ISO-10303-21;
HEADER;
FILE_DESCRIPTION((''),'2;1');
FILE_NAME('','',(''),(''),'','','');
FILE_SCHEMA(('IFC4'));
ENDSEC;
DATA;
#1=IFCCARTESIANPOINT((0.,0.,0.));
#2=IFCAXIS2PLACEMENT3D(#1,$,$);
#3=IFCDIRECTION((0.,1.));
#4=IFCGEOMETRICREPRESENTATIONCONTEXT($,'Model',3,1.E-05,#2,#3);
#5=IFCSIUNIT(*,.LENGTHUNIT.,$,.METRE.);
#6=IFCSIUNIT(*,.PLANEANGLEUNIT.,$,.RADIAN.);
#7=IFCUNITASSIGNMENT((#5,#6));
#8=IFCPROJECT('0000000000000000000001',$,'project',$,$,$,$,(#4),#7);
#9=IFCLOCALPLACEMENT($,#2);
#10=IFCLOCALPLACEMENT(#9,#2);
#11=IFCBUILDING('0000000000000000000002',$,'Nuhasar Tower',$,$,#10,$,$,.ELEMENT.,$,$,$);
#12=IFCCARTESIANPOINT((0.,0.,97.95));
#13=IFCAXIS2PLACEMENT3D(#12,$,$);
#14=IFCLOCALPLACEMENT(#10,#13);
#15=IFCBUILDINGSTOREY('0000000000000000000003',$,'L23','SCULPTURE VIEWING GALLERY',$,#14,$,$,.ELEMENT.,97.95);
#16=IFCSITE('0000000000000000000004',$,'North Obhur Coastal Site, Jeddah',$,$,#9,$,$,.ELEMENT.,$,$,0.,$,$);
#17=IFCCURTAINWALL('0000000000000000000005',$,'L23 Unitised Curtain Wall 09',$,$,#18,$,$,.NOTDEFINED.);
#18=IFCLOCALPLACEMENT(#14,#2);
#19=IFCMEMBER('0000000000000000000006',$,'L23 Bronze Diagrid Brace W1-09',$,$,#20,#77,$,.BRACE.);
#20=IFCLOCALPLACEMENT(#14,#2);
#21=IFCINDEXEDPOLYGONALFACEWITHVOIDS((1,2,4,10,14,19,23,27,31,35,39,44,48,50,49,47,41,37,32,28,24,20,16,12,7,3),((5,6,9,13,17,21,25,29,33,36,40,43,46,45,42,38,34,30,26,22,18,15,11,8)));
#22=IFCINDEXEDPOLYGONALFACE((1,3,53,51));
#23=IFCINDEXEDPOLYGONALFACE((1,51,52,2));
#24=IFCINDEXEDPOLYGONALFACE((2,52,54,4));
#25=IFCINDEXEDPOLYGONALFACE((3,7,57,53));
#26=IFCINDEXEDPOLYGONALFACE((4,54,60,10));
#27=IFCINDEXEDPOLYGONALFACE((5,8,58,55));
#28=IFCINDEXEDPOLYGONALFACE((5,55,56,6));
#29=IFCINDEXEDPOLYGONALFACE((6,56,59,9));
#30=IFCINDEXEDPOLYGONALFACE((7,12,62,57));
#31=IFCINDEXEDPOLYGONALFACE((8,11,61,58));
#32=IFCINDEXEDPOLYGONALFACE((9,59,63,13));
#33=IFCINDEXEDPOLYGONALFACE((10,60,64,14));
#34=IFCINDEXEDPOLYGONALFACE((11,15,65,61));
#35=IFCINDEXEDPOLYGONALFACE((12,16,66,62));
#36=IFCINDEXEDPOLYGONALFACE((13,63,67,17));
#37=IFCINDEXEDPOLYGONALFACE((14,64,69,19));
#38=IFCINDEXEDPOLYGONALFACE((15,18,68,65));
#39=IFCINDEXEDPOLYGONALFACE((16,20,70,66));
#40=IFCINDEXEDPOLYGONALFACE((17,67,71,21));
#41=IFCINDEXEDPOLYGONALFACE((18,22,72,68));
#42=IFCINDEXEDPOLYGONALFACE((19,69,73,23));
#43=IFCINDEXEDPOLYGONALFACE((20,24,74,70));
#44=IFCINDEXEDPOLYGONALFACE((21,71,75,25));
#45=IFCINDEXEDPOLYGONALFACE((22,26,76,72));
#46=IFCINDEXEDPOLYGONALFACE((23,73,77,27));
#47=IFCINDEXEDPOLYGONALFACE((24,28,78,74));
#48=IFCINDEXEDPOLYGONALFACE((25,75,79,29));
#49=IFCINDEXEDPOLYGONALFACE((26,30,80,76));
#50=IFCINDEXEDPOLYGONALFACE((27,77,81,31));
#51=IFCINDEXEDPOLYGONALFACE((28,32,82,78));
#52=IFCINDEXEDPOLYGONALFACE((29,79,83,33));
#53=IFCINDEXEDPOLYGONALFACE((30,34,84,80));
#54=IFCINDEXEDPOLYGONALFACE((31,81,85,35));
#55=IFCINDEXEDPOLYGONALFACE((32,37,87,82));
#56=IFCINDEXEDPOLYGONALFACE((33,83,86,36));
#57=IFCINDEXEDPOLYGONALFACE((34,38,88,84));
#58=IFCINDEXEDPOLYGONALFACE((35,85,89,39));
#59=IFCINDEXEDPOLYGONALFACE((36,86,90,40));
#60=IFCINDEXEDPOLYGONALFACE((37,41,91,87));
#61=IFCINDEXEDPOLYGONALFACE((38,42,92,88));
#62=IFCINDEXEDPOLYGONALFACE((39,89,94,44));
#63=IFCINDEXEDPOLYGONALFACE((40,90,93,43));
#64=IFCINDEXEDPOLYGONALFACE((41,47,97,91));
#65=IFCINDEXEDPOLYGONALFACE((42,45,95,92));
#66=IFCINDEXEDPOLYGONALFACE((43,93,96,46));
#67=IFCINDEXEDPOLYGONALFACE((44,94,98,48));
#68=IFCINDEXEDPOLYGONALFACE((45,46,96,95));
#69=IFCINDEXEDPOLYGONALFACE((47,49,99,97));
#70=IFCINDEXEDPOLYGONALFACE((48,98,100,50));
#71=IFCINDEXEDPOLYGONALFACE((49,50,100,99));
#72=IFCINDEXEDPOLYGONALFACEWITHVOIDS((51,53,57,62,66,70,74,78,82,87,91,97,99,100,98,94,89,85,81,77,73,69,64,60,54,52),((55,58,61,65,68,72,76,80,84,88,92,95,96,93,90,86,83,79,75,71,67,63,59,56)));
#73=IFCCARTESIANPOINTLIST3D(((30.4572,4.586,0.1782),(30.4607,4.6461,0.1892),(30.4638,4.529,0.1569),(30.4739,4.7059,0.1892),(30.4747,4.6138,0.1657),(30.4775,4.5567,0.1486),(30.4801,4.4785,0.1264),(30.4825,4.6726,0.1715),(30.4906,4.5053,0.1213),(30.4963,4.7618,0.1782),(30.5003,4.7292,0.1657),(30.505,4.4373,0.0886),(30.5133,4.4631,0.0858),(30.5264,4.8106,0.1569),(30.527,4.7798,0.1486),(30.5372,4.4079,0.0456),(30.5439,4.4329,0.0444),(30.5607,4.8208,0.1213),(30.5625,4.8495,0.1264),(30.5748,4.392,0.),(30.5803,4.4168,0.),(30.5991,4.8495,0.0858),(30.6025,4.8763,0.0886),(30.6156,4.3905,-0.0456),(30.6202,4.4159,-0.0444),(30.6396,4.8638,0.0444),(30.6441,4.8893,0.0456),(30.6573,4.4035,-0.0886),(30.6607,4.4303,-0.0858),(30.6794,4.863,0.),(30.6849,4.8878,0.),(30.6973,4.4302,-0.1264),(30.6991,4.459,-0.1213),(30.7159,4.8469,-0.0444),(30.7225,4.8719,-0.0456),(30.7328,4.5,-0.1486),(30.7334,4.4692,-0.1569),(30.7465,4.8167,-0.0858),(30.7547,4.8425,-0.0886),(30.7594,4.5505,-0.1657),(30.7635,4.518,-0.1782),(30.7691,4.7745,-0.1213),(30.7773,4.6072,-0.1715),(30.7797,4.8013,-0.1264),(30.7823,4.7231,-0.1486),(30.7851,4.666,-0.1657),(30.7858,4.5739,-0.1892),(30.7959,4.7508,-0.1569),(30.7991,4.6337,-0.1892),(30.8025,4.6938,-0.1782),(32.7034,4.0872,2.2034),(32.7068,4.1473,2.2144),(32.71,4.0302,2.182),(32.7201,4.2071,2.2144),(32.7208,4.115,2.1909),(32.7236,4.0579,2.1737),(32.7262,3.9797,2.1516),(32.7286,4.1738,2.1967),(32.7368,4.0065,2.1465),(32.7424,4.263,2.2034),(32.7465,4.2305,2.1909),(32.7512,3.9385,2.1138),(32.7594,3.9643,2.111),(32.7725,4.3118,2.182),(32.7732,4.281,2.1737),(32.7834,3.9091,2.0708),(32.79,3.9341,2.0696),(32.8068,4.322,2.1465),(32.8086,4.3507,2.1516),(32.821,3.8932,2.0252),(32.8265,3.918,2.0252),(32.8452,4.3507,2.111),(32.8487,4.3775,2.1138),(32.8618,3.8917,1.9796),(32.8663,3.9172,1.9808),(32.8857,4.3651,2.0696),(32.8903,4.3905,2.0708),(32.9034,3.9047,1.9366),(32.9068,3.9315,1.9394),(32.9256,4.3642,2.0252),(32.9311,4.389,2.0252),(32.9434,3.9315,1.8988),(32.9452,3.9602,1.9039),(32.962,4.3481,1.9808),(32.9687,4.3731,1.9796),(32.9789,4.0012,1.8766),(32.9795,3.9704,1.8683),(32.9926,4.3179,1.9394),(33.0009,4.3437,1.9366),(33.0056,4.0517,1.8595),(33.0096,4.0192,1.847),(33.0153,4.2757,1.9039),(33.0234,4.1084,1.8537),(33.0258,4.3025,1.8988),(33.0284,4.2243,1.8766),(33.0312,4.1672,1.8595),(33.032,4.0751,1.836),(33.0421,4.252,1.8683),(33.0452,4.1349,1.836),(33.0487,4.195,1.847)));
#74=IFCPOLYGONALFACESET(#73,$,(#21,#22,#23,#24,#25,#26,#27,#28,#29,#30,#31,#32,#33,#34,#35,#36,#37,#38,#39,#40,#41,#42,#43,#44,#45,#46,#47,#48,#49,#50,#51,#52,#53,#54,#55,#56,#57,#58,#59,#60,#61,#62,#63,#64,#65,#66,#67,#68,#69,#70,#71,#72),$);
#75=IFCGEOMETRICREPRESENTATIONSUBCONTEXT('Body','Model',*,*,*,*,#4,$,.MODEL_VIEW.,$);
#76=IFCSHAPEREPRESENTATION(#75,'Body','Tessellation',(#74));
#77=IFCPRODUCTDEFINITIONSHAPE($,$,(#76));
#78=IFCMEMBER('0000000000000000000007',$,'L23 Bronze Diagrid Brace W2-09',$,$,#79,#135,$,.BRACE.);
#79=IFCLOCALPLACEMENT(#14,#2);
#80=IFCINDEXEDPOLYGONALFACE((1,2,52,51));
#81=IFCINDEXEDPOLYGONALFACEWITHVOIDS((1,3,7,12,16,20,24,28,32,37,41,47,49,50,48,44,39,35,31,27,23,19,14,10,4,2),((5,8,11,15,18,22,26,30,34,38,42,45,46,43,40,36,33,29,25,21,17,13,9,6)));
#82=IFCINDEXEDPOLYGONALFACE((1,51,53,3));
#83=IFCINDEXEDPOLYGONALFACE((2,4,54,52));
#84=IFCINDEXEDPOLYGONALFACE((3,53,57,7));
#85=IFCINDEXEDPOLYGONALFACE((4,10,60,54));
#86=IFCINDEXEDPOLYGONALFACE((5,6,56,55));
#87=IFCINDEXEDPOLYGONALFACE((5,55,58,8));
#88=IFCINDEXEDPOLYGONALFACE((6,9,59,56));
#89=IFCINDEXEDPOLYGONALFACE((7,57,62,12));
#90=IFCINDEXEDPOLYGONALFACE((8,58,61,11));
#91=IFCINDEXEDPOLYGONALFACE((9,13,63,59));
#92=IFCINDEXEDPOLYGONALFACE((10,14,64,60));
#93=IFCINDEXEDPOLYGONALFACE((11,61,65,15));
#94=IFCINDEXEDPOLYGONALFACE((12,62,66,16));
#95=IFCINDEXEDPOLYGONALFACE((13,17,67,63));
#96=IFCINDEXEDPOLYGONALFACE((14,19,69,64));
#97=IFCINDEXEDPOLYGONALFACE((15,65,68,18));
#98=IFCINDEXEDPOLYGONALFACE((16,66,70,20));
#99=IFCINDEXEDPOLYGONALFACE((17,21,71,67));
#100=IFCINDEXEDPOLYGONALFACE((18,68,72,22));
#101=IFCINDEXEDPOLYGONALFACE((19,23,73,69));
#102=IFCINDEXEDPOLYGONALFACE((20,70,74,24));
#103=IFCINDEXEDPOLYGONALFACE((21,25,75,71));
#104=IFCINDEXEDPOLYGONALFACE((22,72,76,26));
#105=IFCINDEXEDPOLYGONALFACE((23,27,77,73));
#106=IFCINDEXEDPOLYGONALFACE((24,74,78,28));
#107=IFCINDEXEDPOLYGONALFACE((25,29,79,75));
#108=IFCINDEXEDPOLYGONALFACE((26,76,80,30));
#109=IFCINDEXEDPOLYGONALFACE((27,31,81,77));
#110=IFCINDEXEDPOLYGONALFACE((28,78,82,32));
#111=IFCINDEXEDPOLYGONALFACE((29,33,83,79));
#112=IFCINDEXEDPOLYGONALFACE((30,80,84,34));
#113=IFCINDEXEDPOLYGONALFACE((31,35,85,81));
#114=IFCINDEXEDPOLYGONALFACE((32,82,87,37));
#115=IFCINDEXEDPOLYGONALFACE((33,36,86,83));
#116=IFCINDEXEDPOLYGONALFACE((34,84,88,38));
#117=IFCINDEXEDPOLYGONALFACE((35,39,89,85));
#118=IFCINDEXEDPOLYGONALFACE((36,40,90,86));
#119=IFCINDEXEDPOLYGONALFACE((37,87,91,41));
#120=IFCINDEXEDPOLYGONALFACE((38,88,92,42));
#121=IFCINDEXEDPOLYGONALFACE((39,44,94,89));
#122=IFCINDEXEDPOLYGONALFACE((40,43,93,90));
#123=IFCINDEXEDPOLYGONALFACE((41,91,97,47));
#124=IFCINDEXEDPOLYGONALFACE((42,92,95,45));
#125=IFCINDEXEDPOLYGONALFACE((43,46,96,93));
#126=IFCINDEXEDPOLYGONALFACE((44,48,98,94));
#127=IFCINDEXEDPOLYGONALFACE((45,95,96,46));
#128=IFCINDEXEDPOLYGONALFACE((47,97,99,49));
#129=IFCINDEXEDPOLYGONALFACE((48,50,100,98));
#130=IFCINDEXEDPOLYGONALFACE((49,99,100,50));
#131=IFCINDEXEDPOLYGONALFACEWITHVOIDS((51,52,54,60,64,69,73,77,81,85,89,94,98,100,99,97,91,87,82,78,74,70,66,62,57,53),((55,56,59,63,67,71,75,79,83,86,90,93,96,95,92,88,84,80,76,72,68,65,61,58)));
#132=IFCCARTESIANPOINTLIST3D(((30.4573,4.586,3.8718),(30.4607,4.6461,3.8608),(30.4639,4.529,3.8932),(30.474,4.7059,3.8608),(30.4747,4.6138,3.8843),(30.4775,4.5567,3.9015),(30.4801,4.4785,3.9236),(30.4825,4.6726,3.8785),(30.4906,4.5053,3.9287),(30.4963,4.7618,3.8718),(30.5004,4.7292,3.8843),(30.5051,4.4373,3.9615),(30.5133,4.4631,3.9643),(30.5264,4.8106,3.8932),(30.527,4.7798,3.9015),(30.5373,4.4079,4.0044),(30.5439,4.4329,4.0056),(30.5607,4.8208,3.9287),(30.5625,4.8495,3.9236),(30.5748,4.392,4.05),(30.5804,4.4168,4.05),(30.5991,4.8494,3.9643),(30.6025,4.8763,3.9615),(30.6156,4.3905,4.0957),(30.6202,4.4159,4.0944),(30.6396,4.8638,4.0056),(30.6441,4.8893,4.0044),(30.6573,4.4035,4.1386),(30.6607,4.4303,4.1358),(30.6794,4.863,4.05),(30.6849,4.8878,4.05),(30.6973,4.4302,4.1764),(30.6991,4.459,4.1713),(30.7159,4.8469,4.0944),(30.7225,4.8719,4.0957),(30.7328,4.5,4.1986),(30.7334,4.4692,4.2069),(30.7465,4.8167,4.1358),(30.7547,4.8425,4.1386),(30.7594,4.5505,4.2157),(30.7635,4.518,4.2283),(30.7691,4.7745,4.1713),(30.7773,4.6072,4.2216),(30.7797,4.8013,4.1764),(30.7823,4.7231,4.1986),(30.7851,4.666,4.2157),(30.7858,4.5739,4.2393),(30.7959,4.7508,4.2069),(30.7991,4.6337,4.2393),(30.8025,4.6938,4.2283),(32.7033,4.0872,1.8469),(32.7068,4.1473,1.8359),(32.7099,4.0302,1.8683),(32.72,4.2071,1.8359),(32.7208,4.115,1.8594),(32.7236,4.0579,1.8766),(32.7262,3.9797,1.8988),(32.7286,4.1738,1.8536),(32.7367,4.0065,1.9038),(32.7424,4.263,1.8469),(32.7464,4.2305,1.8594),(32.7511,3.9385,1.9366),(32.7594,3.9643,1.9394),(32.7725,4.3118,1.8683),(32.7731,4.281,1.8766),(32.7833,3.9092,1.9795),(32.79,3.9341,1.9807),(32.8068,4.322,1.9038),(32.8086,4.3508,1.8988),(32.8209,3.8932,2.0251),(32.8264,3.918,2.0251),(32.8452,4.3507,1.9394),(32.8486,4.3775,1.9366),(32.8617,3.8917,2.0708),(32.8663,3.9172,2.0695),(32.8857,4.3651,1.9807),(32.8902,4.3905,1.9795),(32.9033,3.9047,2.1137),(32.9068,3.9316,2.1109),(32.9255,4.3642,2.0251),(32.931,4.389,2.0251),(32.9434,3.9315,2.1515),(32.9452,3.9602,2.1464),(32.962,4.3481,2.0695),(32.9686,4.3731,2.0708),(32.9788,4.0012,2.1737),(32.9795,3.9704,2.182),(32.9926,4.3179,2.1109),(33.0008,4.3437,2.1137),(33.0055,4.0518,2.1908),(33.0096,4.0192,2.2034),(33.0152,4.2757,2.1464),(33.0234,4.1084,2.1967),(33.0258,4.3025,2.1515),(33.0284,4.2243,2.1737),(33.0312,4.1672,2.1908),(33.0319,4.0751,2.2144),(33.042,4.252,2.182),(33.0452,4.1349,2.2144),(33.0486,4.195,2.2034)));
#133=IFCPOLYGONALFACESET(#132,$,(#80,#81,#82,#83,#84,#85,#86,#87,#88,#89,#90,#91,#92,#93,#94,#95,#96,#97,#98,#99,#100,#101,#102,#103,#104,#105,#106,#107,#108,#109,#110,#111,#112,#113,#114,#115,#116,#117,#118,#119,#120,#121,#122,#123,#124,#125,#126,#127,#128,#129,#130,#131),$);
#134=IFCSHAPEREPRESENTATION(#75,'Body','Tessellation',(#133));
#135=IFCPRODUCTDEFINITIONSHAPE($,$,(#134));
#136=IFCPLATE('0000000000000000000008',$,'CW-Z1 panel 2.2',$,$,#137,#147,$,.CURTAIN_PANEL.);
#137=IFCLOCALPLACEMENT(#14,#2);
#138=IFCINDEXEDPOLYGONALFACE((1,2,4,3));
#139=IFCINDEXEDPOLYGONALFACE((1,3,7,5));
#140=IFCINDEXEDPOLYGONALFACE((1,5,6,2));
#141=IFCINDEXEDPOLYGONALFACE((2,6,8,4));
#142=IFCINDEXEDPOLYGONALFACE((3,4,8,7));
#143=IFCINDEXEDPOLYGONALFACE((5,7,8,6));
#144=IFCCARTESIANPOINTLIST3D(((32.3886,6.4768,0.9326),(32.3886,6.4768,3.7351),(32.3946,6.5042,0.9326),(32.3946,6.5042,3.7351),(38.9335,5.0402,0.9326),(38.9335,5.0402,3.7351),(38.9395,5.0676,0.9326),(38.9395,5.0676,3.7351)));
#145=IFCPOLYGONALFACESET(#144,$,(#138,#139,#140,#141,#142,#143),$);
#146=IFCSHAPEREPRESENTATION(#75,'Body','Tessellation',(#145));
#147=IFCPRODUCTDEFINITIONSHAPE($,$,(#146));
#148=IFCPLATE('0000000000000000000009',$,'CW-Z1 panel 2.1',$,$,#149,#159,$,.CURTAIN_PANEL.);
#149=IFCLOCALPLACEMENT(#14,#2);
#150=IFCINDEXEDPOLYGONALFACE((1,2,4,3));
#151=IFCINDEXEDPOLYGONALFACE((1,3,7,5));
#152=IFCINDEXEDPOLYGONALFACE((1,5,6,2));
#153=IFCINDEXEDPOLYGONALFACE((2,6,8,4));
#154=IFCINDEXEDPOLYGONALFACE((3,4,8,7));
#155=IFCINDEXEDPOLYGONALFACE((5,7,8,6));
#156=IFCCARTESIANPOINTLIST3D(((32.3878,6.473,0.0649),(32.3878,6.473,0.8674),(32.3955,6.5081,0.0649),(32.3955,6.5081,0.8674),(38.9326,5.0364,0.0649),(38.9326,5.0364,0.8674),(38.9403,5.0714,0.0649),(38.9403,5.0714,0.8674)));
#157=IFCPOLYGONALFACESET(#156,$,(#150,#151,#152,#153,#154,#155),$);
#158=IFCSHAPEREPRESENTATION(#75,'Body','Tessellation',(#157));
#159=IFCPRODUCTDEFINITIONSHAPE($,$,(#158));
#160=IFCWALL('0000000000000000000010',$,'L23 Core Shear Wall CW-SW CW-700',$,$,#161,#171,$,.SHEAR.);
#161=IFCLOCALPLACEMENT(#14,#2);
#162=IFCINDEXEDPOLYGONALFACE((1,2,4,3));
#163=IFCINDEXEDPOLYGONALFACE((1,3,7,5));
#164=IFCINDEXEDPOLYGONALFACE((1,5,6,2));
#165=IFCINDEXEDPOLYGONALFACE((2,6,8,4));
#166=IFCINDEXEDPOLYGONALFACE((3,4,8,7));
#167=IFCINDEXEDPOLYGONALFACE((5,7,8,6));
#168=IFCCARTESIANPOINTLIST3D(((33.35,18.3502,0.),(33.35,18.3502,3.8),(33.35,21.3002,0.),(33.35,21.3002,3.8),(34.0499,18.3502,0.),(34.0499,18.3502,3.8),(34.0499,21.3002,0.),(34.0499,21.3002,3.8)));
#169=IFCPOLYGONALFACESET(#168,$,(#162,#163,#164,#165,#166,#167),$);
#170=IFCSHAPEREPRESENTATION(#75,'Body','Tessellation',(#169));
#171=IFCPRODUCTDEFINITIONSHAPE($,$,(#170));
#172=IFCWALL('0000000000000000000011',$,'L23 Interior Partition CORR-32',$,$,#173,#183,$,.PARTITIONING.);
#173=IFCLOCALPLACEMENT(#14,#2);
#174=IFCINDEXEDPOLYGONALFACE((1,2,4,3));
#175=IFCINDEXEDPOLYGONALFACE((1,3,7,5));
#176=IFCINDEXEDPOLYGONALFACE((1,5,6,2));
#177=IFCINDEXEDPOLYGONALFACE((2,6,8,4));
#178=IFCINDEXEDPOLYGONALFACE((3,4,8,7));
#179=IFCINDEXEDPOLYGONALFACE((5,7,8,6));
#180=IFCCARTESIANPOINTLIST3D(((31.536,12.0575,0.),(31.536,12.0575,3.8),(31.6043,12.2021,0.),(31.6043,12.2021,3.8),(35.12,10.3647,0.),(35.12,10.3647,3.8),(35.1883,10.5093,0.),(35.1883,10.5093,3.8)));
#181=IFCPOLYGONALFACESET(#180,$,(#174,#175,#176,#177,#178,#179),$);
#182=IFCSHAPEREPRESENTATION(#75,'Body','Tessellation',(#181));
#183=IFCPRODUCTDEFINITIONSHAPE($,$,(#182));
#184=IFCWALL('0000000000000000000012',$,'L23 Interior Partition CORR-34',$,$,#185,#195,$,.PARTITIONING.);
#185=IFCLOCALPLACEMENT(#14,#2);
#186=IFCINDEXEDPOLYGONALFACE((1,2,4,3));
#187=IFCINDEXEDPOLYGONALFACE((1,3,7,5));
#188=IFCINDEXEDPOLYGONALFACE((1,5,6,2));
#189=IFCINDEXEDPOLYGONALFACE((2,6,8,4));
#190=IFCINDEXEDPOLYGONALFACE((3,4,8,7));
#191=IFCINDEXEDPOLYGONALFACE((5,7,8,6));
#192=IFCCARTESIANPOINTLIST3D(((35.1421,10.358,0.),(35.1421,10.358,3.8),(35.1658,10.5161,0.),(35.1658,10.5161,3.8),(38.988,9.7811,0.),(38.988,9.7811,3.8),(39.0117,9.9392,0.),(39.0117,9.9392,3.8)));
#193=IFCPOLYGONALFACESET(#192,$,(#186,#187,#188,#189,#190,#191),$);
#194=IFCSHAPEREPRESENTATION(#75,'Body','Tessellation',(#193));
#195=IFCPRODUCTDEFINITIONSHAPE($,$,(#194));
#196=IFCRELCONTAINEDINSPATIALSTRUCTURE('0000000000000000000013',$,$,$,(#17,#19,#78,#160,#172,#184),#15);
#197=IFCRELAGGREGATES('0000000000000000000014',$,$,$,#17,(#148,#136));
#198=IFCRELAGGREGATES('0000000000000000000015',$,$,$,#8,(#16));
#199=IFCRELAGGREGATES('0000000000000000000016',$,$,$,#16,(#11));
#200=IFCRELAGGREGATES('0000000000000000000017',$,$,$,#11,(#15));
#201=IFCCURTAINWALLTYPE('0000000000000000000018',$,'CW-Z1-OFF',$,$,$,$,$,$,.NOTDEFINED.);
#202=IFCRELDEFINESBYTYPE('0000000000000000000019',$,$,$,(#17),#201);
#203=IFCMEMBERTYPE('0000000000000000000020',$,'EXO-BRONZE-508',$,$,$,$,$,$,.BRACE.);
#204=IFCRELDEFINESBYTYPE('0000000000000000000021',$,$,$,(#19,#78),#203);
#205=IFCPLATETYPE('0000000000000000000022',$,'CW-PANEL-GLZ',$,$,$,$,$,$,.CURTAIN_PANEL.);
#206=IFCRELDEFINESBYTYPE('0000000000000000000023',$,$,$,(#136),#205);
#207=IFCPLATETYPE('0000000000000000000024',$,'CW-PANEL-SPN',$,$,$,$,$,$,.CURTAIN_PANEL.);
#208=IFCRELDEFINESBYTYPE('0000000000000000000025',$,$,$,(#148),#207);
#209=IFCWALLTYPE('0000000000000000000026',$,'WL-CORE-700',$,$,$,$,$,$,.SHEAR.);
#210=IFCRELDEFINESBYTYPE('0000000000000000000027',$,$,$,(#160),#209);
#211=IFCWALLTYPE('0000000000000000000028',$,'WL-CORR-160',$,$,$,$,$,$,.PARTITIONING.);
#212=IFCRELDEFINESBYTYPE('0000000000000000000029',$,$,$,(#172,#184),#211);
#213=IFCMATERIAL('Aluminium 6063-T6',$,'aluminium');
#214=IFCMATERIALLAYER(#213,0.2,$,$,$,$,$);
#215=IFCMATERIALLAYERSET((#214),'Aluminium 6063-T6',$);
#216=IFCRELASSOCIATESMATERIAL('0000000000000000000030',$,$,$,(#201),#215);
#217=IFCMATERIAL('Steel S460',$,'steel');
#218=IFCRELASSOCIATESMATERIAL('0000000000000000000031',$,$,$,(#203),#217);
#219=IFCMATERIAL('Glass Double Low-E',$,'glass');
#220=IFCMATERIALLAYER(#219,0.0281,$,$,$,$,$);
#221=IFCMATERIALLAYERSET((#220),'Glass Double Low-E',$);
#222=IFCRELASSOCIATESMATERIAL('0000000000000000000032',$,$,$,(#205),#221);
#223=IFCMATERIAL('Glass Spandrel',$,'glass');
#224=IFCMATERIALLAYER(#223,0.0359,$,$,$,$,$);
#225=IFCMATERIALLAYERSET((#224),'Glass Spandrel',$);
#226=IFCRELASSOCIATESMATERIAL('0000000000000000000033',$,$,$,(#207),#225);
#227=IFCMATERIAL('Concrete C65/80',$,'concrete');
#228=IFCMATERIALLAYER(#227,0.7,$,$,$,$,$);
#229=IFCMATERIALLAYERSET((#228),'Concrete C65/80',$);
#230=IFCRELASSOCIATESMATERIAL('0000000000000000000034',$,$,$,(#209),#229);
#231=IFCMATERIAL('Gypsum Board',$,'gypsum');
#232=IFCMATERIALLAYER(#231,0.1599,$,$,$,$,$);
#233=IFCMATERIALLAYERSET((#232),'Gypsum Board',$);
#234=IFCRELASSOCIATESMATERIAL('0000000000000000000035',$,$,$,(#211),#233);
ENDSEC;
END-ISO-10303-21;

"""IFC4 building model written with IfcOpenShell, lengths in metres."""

from ifc_helpers import new_model, si_unit, direction, frame, frame_2d, origin, origin_2d, place, context, subcontext, project, spatial, rectangle, hollow_circle, extrude, material, layer, layer_set, material_profile, profile_set, type_object, element, aggregate, save


model = new_model("IFC4")

# Units and contexts
model_context = context("Model", 3, precision=1e-05, world=origin(), true_north=direction((0.0, 1.0)))
body_context = subcontext(model_context, "Body", "Model", "MODEL_VIEW")
ifc_project = project(units=[si_unit("LENGTHUNIT", "METRE"), si_unit("PLANEANGLEUNIT", "RADIAN")], contexts=[model_context])

# Site, building, storey
site_placement = place(None, origin())
site = spatial("IfcSite", under=ifc_project, at=site_placement, Name="North Obhur Coastal Site, Jeddah", CompositionType="ELEMENT", RefElevation=0.0)
building_placement = place(site_placement, origin())
building = spatial("IfcBuilding", under=site, at=building_placement, Name="Nuhasar Tower", CompositionType="ELEMENT")
storey_placement = place(building_placement, frame((0.0, 0.0, 97.95)))
storey = spatial("IfcBuildingStorey", under=building, at=storey_placement, Name="L23", Description="SCULPTURE VIEWING GALLERY", CompositionType="ELEMENT", Elevation=97.95)

# Curtain wall
ifc_material_1 = material(Name="Aluminium 6063-T6", Category="aluminium")
ifc_layer_1 = layer(ifc_material_1, 0.2)
ifc_layer_set_1 = layer_set([ifc_layer_1], Name="Aluminium 6063-T6")
curtain_wall_type = type_object("IfcCurtainWallType", Name="CW-Z1-OFF", PredefinedType="NOTDEFINED", material=ifc_layer_set_1)
curtain_wall_placement = place(storey_placement, origin())
curtain_wall = element("IfcCurtainWall", 1, at=curtain_wall_placement, inside=storey, type_object=curtain_wall_type, Name="L23 Unitised Curtain Wall 09", PredefinedType="NOTDEFINED")

# Members
ifc_material_2 = material(Name="Steel S460", Category="steel")
ifc_material_profile_1 = material_profile(ifc_material_2, hollow_circle(Radius=0.2539, WallThickness=0.0254, at=origin_2d()), Name="HSS508X25.4")
ifc_profile_set_1 = profile_set([ifc_material_profile_1], Name="Steel S460")
member_type_1 = type_object("IfcMemberType", Name="EXO-BRONZE-508", PredefinedType="BRACE", material=ifc_profile_set_1)
member_1_placement = place(storey_placement, frame((30.6299, 4.6399, 0.0), z_axis=(0.732792, -0.162728, 0.660708), x_axis=(0.216784, 0.97622, 0.0)))
element("IfcMember", 2, at=member_1_placement, inside=storey, type_object=member_type_1, Name="L23 Bronze Diagrid Brace W1-09", PredefinedType="BRACE", context=body_context, shape_type="SweptSolid", body=[
    extrude(hollow_circle(Radius=0.2539, WallThickness=0.0254, at=origin_2d()), origin(), (0.0, 0.0, 1.0), 3.0652),
])
member_2_placement = place(storey_placement, frame((32.876, 4.1411, 2.0251), z_axis=(-0.732831, 0.162736, 0.660663), x_axis=(-0.216784, -0.97622, 0.0)))
element("IfcMember", 3, at=member_2_placement, inside=storey, type_object=member_type_1, Name="L23 Bronze Diagrid Brace W2-09", PredefinedType="BRACE", context=body_context, shape_type="SweptSolid", body=[
    extrude(hollow_circle(Radius=0.2539, WallThickness=0.0254, at=origin_2d()), origin(), (0.0, 0.0, 1.0), 3.0649),
])

# Plates
ifc_material_3 = material(Name="Glass Double Low-E", Category="glass")
ifc_layer_2 = layer(ifc_material_3, 0.0281)
ifc_layer_set_2 = layer_set([ifc_layer_2], Name="Glass Double Low-E")
plate_type_1 = type_object("IfcPlateType", Name="CW-PANEL-GLZ", PredefinedType="CURTAIN_PANEL", material=ifc_layer_set_2)
plate_1_placement = place(storey_placement, frame((35.6641, 5.7722, 0.9326), z_axis=(0.0, 0.0, 1.0), x_axis=(0.976746, -0.214399, 0.0)))
plate_1 = element("IfcPlate", 4, at=plate_1_placement, type_object=plate_type_1, Name="CW-Z1 panel 2.2", PredefinedType="CURTAIN_PANEL", context=body_context, shape_type="SweptSolid", body=[
    extrude(rectangle(XDim=6.7007, YDim=0.0281, at=origin_2d()), origin(), (0.0, 0.0, 1.0), 2.8025),
])
ifc_material_4 = material(Name="Glass Spandrel", Category="glass")
ifc_layer_3 = layer(ifc_material_4, 0.0359)
ifc_layer_set_3 = layer_set([ifc_layer_3], Name="Glass Spandrel")
plate_type_2 = type_object("IfcPlateType", Name="CW-PANEL-SPN", PredefinedType="CURTAIN_PANEL", material=ifc_layer_set_3)
plate_2_placement = place(storey_placement, frame((35.6641, 5.7722, 0.0649), z_axis=(0.0, 0.0, 1.0), x_axis=(0.976746, -0.214399, 0.0)))
plate_2 = element("IfcPlate", 5, at=plate_2_placement, type_object=plate_type_2, Name="CW-Z1 panel 2.1", PredefinedType="CURTAIN_PANEL", context=body_context, shape_type="SweptSolid", body=[
    extrude(rectangle(XDim=6.7007, YDim=0.0359, at=origin_2d()), origin(), (0.0, 0.0, 1.0), 0.8025),
])
aggregate(curtain_wall, [plate_2, plate_1])

# Walls
ifc_material_5 = material(Name="Concrete C65/80", Category="concrete")
ifc_layer_4 = layer(ifc_material_5, 0.7)
ifc_layer_set_4 = layer_set([ifc_layer_4], Name="Concrete C65/80")
wall_type_1 = type_object("IfcWallType", Name="WL-CORE-700", PredefinedType="SHEAR", material=ifc_layer_set_4)
wall_1_placement = place(storey_placement, frame((33.7, 18.3501, 0.0), z_axis=(0.0, 0.0, 1.0), x_axis=(0.0, 1.0, 0.0)))
element("IfcWall", 6, at=wall_1_placement, inside=storey, type_object=wall_type_1, Name="L23 Core Shear Wall CW-SW CW-700", PredefinedType="SHEAR", context=body_context, shape_type="SweptSolid", body=[
    extrude(rectangle(XDim=2.95, YDim=0.7, at=frame_2d((1.4751, 0.0))), origin(), (0.0, 0.0, 1.0), 3.8),
])
ifc_material_6 = material(Name="Gypsum Board", Category="gypsum")
ifc_layer_5 = layer(ifc_material_6, 0.1599)
ifc_layer_set_5 = layer_set([ifc_layer_5], Name="Gypsum Board")
wall_type_2 = type_object("IfcWallType", Name="WL-CORR-160", PredefinedType="PARTITIONING", material=ifc_layer_set_5)
wall_2_placement = place(storey_placement, frame((31.5701, 12.1299, 0.0), z_axis=(0.0, 0.0, 1.0), x_axis=(0.904206, -0.427096, 0.0)))
element("IfcWall", 7, at=wall_2_placement, inside=storey, type_object=wall_type_2, Name="L23 Interior Partition CORR-32", PredefinedType="PARTITIONING", context=body_context, shape_type="SweptSolid", body=[
    extrude(rectangle(XDim=3.9636, YDim=0.1599, at=frame_2d((1.9819, 0.0))), origin(), (0.0, 0.0, 1.0), 3.8),
])
wall_3_placement = place(storey_placement, frame((35.1541, 10.437, 0.0), z_axis=(0.0, 0.0, 1.0), x_axis=(0.988936, -0.148344, 0.0)))
element("IfcWall", 8, at=wall_3_placement, inside=storey, type_object=wall_type_2, Name="L23 Interior Partition CORR-34", PredefinedType="PARTITIONING", context=body_context, shape_type="SweptSolid", body=[
    extrude(rectangle(XDim=3.8889, YDim=0.1599, at=frame_2d((1.9443, 0.0))), origin(), (0.0, 0.0, 1.0), 3.8),
])

save(model, "model.ifc")
